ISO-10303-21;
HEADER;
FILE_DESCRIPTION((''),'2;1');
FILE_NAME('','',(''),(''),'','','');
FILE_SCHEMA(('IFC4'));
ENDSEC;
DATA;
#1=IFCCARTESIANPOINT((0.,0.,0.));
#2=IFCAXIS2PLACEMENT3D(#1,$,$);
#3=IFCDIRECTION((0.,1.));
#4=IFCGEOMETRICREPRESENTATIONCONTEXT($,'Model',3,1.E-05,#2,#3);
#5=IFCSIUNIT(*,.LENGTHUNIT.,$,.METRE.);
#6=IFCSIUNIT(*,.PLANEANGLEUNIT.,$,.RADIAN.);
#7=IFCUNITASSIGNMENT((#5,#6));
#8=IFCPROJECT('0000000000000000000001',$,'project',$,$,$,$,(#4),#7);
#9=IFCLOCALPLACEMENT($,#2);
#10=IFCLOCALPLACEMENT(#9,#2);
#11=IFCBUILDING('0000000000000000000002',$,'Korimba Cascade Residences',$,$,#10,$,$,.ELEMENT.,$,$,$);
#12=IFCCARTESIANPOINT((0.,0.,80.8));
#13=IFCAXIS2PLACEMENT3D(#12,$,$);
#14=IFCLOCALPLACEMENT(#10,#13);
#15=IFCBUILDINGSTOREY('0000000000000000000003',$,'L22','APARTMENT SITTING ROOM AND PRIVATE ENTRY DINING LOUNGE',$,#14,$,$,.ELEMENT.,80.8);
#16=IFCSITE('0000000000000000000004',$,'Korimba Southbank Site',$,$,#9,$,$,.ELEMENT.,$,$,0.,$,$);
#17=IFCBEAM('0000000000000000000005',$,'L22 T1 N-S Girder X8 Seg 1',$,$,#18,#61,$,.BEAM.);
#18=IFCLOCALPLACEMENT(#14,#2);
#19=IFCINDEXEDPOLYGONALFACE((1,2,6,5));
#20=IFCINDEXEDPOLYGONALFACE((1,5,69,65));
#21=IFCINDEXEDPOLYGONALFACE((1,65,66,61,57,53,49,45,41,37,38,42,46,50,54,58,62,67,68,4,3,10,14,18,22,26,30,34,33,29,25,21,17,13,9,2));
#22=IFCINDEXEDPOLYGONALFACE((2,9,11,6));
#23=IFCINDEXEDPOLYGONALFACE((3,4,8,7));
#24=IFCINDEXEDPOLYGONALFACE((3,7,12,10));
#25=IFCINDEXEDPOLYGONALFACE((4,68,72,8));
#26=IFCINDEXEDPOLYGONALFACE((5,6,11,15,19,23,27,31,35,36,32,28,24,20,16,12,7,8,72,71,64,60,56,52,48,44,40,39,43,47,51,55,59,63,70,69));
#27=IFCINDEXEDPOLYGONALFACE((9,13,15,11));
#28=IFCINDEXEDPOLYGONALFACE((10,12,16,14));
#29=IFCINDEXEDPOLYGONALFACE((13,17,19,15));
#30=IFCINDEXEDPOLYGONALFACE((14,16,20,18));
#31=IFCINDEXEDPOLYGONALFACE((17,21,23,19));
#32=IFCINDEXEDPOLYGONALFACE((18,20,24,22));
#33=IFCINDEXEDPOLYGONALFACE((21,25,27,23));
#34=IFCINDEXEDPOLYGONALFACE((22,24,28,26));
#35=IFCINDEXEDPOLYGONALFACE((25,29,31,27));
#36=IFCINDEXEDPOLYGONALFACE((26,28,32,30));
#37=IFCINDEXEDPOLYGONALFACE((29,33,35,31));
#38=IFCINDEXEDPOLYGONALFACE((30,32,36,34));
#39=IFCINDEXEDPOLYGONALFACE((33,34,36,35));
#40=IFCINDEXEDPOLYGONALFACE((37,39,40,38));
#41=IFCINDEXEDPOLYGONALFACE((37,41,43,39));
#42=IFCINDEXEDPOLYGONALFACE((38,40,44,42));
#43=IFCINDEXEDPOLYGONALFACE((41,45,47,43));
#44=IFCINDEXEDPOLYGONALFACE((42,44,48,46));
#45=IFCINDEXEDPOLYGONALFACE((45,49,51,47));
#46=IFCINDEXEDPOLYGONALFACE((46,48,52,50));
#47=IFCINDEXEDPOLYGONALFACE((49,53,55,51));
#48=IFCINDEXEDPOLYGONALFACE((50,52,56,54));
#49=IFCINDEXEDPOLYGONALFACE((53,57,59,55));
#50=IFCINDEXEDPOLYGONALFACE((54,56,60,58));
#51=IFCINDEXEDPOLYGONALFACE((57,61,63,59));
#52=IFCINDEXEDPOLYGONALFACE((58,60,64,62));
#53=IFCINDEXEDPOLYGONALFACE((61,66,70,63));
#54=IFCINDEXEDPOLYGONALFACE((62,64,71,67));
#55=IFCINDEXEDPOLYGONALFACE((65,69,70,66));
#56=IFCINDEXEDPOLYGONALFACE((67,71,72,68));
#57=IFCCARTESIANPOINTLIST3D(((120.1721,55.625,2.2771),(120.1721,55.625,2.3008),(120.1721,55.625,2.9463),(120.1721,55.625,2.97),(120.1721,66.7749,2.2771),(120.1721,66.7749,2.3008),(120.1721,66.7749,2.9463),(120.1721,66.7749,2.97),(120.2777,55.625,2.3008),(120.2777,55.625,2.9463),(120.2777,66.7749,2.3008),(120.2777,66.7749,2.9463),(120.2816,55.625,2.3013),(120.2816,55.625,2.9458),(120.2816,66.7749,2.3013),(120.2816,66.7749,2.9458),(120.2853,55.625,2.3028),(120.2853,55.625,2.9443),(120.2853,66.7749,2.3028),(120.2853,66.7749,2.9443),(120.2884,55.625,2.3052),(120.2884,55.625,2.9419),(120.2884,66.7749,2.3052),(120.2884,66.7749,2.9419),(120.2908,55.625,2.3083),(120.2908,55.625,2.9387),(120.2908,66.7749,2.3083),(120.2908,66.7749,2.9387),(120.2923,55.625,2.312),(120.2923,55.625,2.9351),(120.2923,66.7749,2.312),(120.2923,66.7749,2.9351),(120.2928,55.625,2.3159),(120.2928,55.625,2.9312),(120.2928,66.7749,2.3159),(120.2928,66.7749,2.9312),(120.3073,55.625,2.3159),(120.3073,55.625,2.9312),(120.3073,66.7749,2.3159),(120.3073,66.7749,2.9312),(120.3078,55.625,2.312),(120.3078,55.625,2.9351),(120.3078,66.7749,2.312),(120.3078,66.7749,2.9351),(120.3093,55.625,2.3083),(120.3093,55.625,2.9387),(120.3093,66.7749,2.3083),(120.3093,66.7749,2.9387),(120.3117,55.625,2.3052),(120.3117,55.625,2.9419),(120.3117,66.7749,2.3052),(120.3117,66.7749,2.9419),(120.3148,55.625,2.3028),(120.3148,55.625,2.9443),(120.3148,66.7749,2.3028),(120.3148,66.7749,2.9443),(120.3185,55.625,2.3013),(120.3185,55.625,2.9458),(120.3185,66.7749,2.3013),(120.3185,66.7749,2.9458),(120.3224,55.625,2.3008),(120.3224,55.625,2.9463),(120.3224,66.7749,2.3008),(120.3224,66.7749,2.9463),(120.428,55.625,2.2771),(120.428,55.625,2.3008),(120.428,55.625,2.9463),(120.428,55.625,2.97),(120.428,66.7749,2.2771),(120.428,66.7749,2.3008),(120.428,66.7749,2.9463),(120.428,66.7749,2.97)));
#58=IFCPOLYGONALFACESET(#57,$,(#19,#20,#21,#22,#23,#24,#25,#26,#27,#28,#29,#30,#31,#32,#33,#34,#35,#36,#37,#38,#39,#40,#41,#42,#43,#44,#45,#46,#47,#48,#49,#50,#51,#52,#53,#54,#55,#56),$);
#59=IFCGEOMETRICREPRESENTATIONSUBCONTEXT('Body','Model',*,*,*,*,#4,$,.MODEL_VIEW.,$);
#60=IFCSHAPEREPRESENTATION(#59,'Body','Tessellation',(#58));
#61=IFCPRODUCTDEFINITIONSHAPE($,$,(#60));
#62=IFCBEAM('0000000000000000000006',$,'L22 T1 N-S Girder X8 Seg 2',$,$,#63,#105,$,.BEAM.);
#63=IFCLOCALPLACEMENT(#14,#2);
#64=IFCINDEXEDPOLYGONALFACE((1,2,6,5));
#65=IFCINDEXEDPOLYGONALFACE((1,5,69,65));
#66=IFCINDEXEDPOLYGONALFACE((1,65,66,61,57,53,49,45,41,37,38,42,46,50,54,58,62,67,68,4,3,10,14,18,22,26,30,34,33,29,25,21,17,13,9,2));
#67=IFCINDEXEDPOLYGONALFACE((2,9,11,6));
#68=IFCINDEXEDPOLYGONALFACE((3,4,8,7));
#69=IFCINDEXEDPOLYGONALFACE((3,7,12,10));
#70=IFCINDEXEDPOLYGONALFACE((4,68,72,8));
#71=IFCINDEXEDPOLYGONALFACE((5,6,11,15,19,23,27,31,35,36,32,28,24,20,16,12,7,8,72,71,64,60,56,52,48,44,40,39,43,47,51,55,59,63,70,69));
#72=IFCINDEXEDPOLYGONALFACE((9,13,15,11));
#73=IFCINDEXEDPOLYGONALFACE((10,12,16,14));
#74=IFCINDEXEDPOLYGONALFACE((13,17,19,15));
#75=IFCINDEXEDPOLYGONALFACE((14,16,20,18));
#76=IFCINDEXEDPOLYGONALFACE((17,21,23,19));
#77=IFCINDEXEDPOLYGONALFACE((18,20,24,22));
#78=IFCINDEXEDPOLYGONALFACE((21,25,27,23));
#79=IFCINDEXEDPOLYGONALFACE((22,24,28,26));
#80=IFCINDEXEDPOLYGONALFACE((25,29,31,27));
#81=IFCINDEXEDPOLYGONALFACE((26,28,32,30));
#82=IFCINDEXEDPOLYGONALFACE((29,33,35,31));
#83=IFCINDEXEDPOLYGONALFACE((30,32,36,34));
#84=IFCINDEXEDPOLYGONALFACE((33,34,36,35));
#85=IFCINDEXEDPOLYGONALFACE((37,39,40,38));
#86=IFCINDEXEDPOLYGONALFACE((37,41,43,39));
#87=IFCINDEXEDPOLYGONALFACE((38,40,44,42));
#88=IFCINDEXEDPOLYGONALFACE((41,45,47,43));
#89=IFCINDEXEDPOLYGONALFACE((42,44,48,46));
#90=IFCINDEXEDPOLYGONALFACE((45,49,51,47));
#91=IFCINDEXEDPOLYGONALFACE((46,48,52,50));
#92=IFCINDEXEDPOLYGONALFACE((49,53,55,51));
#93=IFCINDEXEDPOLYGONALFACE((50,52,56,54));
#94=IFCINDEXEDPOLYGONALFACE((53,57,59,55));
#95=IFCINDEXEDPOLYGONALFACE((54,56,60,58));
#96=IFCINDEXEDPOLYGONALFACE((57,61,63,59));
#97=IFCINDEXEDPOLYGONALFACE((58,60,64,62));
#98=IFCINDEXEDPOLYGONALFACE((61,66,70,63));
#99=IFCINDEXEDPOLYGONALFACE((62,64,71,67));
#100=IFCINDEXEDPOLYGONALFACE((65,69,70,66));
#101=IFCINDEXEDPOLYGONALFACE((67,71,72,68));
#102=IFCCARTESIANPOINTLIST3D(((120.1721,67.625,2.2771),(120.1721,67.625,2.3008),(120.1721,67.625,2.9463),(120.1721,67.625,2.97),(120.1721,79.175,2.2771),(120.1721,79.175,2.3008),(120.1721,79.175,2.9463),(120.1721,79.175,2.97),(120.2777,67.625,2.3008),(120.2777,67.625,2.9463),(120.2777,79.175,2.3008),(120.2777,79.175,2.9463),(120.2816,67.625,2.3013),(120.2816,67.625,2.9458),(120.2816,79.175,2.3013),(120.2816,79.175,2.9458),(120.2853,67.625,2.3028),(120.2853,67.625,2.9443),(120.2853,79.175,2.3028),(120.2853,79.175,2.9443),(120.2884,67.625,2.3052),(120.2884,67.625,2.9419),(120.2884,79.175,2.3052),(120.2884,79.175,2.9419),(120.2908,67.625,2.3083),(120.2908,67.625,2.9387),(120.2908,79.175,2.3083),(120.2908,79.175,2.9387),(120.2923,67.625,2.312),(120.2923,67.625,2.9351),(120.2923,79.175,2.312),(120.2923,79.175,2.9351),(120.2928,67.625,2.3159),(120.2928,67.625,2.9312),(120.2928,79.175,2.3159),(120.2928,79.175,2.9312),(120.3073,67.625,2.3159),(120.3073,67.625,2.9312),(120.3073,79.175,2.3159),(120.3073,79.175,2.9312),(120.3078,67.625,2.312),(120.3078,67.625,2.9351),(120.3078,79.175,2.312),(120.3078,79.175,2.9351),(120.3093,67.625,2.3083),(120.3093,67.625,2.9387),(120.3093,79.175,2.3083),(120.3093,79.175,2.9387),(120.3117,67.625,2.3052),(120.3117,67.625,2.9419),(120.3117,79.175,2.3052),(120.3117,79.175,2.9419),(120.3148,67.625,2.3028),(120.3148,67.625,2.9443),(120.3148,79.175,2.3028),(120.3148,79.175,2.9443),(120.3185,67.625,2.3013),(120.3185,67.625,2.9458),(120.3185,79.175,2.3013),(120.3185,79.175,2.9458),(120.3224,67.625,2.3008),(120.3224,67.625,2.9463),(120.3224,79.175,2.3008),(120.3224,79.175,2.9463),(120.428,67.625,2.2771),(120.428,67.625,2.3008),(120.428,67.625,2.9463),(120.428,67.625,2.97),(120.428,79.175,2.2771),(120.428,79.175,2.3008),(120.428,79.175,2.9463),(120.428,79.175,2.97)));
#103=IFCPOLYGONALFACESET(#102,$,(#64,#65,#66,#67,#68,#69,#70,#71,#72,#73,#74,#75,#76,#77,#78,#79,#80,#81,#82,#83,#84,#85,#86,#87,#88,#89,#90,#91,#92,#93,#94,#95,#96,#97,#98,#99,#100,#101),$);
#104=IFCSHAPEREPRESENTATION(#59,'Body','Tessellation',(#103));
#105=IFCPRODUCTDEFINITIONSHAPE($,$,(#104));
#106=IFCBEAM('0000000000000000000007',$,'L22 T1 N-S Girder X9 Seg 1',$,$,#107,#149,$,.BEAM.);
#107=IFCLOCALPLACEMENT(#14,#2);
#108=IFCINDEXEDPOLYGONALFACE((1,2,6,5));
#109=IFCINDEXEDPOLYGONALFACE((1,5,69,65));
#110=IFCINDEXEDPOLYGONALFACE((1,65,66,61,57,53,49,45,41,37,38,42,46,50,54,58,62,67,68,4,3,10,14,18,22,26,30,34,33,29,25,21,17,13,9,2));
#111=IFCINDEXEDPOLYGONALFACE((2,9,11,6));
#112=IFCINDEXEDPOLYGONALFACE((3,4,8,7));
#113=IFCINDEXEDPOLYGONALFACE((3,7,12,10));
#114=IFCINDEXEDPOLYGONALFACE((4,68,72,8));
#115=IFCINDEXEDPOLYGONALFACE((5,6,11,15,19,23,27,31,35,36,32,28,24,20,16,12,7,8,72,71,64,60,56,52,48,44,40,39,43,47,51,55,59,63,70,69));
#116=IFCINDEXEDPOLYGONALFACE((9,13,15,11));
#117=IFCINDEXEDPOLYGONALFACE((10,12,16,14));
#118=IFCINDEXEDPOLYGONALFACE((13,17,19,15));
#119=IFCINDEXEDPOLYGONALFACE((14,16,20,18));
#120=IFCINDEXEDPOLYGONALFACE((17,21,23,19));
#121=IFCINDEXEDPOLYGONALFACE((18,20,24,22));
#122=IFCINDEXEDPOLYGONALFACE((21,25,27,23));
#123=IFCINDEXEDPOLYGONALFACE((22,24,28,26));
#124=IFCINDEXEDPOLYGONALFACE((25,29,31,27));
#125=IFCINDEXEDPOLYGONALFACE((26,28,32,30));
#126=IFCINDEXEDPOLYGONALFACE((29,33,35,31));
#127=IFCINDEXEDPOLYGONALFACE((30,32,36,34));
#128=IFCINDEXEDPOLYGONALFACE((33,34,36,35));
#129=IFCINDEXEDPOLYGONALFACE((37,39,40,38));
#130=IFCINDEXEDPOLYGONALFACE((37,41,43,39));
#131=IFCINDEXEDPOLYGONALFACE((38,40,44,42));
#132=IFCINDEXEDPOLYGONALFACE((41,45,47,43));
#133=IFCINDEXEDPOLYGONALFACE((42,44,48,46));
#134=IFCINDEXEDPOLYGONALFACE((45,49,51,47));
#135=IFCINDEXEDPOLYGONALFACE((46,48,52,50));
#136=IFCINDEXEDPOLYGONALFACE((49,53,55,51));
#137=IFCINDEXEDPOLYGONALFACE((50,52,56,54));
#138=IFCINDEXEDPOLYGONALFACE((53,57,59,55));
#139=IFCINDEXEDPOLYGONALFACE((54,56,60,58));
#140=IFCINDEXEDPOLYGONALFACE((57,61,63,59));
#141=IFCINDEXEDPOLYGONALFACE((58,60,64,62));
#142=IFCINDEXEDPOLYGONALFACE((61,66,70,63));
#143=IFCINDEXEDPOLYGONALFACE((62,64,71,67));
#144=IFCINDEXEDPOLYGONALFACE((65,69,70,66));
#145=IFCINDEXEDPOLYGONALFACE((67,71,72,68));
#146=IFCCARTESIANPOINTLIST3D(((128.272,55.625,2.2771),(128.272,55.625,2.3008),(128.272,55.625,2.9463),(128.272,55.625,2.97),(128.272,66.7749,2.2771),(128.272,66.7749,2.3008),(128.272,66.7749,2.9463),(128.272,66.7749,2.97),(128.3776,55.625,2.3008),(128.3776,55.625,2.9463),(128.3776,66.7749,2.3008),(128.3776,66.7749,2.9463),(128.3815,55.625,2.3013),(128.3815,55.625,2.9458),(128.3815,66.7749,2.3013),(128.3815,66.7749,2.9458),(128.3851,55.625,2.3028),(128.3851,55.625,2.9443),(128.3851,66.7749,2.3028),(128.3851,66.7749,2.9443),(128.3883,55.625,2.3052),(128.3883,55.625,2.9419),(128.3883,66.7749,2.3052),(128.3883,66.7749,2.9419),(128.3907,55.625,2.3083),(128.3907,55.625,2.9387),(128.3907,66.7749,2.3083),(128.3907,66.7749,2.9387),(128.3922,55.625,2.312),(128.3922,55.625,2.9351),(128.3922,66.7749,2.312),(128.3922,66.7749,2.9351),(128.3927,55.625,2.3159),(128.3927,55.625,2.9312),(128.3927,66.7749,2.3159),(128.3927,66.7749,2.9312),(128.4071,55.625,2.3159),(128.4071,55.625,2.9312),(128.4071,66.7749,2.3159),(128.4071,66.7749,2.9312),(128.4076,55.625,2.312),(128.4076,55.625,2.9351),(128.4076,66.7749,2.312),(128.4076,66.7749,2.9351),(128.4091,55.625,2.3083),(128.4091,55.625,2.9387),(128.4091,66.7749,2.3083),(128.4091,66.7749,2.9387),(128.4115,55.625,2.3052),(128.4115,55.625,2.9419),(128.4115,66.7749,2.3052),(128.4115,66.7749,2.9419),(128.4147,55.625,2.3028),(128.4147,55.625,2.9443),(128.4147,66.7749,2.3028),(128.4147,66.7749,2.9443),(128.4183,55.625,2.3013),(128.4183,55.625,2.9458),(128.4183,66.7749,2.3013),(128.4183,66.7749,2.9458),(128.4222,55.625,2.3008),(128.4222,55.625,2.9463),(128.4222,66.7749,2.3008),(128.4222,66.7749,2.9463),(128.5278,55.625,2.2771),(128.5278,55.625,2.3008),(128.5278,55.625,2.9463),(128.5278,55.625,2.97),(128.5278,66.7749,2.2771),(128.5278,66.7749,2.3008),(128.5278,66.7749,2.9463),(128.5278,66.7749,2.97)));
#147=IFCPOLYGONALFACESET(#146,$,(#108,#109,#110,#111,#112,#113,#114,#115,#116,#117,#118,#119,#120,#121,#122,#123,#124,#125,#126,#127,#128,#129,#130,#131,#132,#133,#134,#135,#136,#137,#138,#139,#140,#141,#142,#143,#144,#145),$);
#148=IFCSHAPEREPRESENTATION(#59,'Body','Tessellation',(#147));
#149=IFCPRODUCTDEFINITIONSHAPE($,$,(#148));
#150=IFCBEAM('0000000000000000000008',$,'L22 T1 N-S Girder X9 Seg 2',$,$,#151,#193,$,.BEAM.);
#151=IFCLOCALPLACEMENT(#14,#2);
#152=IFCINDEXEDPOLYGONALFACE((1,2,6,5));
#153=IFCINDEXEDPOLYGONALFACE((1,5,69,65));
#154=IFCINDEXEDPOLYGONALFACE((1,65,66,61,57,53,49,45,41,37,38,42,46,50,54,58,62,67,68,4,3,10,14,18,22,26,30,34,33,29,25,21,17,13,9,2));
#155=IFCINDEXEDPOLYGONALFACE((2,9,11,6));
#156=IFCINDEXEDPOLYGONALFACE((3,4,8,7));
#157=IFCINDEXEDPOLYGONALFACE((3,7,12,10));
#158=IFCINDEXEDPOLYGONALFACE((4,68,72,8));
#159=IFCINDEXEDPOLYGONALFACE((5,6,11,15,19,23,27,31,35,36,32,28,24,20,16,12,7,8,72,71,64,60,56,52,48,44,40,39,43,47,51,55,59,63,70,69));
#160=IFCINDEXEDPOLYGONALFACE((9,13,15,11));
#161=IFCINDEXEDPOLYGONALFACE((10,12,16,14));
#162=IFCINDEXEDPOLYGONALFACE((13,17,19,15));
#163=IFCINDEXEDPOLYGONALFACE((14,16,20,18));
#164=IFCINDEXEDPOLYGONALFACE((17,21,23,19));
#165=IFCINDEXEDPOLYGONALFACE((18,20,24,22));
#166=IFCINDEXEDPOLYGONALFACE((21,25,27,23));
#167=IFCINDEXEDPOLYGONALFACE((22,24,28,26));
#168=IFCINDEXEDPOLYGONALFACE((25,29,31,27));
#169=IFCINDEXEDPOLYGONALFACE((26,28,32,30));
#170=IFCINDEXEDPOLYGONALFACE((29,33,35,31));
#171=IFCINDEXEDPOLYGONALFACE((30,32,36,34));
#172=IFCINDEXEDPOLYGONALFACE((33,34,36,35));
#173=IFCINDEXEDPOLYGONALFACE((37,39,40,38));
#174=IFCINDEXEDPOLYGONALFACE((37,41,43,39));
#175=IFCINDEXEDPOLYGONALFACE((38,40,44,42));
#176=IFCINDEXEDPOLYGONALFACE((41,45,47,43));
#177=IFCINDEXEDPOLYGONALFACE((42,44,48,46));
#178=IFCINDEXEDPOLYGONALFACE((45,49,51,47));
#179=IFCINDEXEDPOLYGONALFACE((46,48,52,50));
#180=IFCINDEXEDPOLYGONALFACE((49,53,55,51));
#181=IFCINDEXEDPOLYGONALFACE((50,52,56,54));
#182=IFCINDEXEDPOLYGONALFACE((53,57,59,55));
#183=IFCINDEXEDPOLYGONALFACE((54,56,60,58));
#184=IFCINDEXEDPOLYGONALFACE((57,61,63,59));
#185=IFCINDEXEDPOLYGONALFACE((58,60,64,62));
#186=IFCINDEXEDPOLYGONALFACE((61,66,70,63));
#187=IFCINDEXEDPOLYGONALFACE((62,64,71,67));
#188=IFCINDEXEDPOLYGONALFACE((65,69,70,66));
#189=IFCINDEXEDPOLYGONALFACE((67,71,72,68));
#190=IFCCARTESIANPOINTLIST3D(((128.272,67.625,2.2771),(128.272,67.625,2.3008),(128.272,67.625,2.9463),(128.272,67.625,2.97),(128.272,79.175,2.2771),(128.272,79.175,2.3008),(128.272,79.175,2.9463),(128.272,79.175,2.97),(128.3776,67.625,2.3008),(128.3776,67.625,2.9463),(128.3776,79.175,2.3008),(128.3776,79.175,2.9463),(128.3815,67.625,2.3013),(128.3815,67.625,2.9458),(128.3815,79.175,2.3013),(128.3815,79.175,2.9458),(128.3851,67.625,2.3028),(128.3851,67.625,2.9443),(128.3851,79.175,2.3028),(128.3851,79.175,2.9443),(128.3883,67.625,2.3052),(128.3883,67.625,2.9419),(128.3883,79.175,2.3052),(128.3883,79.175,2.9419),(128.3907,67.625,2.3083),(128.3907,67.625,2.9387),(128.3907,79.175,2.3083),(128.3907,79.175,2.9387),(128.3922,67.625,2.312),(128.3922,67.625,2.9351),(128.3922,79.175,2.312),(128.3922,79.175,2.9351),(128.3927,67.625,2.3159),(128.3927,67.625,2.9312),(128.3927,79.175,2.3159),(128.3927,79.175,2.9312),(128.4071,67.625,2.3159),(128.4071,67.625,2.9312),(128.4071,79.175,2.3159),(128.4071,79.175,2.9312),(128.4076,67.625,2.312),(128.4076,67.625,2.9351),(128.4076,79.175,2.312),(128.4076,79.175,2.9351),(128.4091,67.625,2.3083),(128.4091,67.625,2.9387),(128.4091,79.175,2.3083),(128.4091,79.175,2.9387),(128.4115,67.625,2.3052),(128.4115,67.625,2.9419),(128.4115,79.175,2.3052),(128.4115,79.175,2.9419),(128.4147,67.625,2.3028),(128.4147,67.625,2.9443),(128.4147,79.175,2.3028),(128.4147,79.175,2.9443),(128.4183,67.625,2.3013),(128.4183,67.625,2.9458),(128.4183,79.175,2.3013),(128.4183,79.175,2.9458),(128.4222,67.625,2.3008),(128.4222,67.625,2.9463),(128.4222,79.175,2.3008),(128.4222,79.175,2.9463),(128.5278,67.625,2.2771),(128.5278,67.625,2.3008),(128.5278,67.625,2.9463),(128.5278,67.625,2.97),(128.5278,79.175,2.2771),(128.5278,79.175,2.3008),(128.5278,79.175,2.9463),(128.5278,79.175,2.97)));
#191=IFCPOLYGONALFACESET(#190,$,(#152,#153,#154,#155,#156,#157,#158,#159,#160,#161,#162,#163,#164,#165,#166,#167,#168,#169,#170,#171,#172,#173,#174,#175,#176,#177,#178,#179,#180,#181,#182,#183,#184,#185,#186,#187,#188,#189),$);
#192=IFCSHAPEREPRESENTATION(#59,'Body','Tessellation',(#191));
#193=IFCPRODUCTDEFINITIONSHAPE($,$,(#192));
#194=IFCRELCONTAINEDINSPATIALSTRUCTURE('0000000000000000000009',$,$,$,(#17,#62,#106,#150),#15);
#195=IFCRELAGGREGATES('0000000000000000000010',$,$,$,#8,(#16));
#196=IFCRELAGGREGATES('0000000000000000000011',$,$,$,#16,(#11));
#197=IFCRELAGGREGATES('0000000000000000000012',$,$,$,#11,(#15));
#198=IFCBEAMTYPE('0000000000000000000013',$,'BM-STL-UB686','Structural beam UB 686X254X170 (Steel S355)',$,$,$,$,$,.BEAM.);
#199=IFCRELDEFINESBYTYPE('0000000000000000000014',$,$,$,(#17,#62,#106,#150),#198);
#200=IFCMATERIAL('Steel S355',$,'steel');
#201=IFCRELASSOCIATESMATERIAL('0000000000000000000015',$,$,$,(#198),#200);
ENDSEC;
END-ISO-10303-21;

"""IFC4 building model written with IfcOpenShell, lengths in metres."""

from ifc_helpers import new_model, si_unit, direction, frame, origin, origin_2d, place, context, subcontext, project, spatial, i_section, extrude, material, material_profile, profile_set, type_object, element, save


model = new_model("IFC4")

# Units and contexts
model_context = context("Model", 3, precision=1e-05, world=origin(), true_north=direction((0.0, 1.0)))
body_context = subcontext(model_context, "Body", "Model", "MODEL_VIEW")
ifc_project = project(units=[si_unit("LENGTHUNIT", "METRE"), si_unit("PLANEANGLEUNIT", "RADIAN")], contexts=[model_context])

# Site, building, storey
site_placement = place(None, origin())
site = spatial("IfcSite", under=ifc_project, at=site_placement, Name="Korimba Southbank Site", CompositionType="ELEMENT", RefElevation=0.0)
building_placement = place(site_placement, origin())
building = spatial("IfcBuilding", under=site, at=building_placement, Name="Korimba Cascade Residences", CompositionType="ELEMENT")
storey_placement = place(building_placement, frame((0.0, 0.0, 80.8)))
storey = spatial("IfcBuildingStorey", under=building, at=storey_placement, Name="L22", Description="APARTMENT SITTING ROOM AND PRIVATE ENTRY DINING LOUNGE", CompositionType="ELEMENT", Elevation=80.8)

# Beams
ifc_material_1 = material(Name="Steel S355", Category="steel")
ifc_material_profile_1 = material_profile(ifc_material_1, i_section(OverallWidth=0.2559, OverallDepth=0.6929, WebThickness=0.0144, FlangeThickness=0.0237, FilletRadius=0.0151, at=origin_2d()), Name="Steel S355")
ifc_profile_set_1 = profile_set([ifc_material_profile_1], Name="Steel S355")
beam_type_1 = type_object("IfcBeamType", Name="BM-STL-UB686", Description="Structural beam UB 686X254X170 (Steel S355)", PredefinedType="BEAM", material=ifc_profile_set_1)
beam_1_placement = place(storey_placement, frame((120.3, 55.625, 2.6235), z_axis=(0.0, 1.0, 0.0), x_axis=(-1.0, 0.0, 0.0)))
element("IfcBeam", 1, at=beam_1_placement, inside=storey, type_object=beam_type_1, Name="L22 T1 N-S Girder X8 Seg 1", PredefinedType="BEAM", context=body_context, shape_type="SweptSolid", body=[
    extrude(i_section(OverallWidth=0.2559, OverallDepth=0.6929, WebThickness=0.0144, FlangeThickness=0.0237, FilletRadius=0.0151, at=origin_2d()), origin(), (0.0, 0.0, 1.0), 11.1499),
])
beam_2_placement = place(storey_placement, frame((120.3, 67.625, 2.6235), z_axis=(0.0, 1.0, 0.0), x_axis=(-1.0, 0.0, 0.0)))
element("IfcBeam", 2, at=beam_2_placement, inside=storey, type_object=beam_type_1, Name="L22 T1 N-S Girder X8 Seg 2", PredefinedType="BEAM", context=body_context, shape_type="SweptSolid", body=[
    extrude(i_section(OverallWidth=0.2559, OverallDepth=0.6929, WebThickness=0.0144, FlangeThickness=0.0237, FilletRadius=0.0151, at=origin_2d()), origin(), (0.0, 0.0, 1.0), 11.55),
])
beam_3_placement = place(storey_placement, frame((128.3999, 55.625, 2.6235), z_axis=(0.0, 1.0, 0.0), x_axis=(-1.0, 0.0, 0.0)))
element("IfcBeam", 3, at=beam_3_placement, inside=storey, type_object=beam_type_1, Name="L22 T1 N-S Girder X9 Seg 1", PredefinedType="BEAM", context=body_context, shape_type="SweptSolid", body=[
    extrude(i_section(OverallWidth=0.2559, OverallDepth=0.6929, WebThickness=0.0144, FlangeThickness=0.0237, FilletRadius=0.0151, at=origin_2d()), origin(), (0.0, 0.0, 1.0), 11.1499),
])
beam_4_placement = place(storey_placement, frame((128.3999, 67.625, 2.6235), z_axis=(0.0, 1.0, 0.0), x_axis=(-1.0, 0.0, 0.0)))
element("IfcBeam", 4, at=beam_4_placement, inside=storey, type_object=beam_type_1, Name="L22 T1 N-S Girder X9 Seg 2", PredefinedType="BEAM", context=body_context, shape_type="SweptSolid", body=[
    extrude(i_section(OverallWidth=0.2559, OverallDepth=0.6929, WebThickness=0.0144, FlangeThickness=0.0237, FilletRadius=0.0151, at=origin_2d()), origin(), (0.0, 0.0, 1.0), 11.55),
])

save(model, "model.ifc")
